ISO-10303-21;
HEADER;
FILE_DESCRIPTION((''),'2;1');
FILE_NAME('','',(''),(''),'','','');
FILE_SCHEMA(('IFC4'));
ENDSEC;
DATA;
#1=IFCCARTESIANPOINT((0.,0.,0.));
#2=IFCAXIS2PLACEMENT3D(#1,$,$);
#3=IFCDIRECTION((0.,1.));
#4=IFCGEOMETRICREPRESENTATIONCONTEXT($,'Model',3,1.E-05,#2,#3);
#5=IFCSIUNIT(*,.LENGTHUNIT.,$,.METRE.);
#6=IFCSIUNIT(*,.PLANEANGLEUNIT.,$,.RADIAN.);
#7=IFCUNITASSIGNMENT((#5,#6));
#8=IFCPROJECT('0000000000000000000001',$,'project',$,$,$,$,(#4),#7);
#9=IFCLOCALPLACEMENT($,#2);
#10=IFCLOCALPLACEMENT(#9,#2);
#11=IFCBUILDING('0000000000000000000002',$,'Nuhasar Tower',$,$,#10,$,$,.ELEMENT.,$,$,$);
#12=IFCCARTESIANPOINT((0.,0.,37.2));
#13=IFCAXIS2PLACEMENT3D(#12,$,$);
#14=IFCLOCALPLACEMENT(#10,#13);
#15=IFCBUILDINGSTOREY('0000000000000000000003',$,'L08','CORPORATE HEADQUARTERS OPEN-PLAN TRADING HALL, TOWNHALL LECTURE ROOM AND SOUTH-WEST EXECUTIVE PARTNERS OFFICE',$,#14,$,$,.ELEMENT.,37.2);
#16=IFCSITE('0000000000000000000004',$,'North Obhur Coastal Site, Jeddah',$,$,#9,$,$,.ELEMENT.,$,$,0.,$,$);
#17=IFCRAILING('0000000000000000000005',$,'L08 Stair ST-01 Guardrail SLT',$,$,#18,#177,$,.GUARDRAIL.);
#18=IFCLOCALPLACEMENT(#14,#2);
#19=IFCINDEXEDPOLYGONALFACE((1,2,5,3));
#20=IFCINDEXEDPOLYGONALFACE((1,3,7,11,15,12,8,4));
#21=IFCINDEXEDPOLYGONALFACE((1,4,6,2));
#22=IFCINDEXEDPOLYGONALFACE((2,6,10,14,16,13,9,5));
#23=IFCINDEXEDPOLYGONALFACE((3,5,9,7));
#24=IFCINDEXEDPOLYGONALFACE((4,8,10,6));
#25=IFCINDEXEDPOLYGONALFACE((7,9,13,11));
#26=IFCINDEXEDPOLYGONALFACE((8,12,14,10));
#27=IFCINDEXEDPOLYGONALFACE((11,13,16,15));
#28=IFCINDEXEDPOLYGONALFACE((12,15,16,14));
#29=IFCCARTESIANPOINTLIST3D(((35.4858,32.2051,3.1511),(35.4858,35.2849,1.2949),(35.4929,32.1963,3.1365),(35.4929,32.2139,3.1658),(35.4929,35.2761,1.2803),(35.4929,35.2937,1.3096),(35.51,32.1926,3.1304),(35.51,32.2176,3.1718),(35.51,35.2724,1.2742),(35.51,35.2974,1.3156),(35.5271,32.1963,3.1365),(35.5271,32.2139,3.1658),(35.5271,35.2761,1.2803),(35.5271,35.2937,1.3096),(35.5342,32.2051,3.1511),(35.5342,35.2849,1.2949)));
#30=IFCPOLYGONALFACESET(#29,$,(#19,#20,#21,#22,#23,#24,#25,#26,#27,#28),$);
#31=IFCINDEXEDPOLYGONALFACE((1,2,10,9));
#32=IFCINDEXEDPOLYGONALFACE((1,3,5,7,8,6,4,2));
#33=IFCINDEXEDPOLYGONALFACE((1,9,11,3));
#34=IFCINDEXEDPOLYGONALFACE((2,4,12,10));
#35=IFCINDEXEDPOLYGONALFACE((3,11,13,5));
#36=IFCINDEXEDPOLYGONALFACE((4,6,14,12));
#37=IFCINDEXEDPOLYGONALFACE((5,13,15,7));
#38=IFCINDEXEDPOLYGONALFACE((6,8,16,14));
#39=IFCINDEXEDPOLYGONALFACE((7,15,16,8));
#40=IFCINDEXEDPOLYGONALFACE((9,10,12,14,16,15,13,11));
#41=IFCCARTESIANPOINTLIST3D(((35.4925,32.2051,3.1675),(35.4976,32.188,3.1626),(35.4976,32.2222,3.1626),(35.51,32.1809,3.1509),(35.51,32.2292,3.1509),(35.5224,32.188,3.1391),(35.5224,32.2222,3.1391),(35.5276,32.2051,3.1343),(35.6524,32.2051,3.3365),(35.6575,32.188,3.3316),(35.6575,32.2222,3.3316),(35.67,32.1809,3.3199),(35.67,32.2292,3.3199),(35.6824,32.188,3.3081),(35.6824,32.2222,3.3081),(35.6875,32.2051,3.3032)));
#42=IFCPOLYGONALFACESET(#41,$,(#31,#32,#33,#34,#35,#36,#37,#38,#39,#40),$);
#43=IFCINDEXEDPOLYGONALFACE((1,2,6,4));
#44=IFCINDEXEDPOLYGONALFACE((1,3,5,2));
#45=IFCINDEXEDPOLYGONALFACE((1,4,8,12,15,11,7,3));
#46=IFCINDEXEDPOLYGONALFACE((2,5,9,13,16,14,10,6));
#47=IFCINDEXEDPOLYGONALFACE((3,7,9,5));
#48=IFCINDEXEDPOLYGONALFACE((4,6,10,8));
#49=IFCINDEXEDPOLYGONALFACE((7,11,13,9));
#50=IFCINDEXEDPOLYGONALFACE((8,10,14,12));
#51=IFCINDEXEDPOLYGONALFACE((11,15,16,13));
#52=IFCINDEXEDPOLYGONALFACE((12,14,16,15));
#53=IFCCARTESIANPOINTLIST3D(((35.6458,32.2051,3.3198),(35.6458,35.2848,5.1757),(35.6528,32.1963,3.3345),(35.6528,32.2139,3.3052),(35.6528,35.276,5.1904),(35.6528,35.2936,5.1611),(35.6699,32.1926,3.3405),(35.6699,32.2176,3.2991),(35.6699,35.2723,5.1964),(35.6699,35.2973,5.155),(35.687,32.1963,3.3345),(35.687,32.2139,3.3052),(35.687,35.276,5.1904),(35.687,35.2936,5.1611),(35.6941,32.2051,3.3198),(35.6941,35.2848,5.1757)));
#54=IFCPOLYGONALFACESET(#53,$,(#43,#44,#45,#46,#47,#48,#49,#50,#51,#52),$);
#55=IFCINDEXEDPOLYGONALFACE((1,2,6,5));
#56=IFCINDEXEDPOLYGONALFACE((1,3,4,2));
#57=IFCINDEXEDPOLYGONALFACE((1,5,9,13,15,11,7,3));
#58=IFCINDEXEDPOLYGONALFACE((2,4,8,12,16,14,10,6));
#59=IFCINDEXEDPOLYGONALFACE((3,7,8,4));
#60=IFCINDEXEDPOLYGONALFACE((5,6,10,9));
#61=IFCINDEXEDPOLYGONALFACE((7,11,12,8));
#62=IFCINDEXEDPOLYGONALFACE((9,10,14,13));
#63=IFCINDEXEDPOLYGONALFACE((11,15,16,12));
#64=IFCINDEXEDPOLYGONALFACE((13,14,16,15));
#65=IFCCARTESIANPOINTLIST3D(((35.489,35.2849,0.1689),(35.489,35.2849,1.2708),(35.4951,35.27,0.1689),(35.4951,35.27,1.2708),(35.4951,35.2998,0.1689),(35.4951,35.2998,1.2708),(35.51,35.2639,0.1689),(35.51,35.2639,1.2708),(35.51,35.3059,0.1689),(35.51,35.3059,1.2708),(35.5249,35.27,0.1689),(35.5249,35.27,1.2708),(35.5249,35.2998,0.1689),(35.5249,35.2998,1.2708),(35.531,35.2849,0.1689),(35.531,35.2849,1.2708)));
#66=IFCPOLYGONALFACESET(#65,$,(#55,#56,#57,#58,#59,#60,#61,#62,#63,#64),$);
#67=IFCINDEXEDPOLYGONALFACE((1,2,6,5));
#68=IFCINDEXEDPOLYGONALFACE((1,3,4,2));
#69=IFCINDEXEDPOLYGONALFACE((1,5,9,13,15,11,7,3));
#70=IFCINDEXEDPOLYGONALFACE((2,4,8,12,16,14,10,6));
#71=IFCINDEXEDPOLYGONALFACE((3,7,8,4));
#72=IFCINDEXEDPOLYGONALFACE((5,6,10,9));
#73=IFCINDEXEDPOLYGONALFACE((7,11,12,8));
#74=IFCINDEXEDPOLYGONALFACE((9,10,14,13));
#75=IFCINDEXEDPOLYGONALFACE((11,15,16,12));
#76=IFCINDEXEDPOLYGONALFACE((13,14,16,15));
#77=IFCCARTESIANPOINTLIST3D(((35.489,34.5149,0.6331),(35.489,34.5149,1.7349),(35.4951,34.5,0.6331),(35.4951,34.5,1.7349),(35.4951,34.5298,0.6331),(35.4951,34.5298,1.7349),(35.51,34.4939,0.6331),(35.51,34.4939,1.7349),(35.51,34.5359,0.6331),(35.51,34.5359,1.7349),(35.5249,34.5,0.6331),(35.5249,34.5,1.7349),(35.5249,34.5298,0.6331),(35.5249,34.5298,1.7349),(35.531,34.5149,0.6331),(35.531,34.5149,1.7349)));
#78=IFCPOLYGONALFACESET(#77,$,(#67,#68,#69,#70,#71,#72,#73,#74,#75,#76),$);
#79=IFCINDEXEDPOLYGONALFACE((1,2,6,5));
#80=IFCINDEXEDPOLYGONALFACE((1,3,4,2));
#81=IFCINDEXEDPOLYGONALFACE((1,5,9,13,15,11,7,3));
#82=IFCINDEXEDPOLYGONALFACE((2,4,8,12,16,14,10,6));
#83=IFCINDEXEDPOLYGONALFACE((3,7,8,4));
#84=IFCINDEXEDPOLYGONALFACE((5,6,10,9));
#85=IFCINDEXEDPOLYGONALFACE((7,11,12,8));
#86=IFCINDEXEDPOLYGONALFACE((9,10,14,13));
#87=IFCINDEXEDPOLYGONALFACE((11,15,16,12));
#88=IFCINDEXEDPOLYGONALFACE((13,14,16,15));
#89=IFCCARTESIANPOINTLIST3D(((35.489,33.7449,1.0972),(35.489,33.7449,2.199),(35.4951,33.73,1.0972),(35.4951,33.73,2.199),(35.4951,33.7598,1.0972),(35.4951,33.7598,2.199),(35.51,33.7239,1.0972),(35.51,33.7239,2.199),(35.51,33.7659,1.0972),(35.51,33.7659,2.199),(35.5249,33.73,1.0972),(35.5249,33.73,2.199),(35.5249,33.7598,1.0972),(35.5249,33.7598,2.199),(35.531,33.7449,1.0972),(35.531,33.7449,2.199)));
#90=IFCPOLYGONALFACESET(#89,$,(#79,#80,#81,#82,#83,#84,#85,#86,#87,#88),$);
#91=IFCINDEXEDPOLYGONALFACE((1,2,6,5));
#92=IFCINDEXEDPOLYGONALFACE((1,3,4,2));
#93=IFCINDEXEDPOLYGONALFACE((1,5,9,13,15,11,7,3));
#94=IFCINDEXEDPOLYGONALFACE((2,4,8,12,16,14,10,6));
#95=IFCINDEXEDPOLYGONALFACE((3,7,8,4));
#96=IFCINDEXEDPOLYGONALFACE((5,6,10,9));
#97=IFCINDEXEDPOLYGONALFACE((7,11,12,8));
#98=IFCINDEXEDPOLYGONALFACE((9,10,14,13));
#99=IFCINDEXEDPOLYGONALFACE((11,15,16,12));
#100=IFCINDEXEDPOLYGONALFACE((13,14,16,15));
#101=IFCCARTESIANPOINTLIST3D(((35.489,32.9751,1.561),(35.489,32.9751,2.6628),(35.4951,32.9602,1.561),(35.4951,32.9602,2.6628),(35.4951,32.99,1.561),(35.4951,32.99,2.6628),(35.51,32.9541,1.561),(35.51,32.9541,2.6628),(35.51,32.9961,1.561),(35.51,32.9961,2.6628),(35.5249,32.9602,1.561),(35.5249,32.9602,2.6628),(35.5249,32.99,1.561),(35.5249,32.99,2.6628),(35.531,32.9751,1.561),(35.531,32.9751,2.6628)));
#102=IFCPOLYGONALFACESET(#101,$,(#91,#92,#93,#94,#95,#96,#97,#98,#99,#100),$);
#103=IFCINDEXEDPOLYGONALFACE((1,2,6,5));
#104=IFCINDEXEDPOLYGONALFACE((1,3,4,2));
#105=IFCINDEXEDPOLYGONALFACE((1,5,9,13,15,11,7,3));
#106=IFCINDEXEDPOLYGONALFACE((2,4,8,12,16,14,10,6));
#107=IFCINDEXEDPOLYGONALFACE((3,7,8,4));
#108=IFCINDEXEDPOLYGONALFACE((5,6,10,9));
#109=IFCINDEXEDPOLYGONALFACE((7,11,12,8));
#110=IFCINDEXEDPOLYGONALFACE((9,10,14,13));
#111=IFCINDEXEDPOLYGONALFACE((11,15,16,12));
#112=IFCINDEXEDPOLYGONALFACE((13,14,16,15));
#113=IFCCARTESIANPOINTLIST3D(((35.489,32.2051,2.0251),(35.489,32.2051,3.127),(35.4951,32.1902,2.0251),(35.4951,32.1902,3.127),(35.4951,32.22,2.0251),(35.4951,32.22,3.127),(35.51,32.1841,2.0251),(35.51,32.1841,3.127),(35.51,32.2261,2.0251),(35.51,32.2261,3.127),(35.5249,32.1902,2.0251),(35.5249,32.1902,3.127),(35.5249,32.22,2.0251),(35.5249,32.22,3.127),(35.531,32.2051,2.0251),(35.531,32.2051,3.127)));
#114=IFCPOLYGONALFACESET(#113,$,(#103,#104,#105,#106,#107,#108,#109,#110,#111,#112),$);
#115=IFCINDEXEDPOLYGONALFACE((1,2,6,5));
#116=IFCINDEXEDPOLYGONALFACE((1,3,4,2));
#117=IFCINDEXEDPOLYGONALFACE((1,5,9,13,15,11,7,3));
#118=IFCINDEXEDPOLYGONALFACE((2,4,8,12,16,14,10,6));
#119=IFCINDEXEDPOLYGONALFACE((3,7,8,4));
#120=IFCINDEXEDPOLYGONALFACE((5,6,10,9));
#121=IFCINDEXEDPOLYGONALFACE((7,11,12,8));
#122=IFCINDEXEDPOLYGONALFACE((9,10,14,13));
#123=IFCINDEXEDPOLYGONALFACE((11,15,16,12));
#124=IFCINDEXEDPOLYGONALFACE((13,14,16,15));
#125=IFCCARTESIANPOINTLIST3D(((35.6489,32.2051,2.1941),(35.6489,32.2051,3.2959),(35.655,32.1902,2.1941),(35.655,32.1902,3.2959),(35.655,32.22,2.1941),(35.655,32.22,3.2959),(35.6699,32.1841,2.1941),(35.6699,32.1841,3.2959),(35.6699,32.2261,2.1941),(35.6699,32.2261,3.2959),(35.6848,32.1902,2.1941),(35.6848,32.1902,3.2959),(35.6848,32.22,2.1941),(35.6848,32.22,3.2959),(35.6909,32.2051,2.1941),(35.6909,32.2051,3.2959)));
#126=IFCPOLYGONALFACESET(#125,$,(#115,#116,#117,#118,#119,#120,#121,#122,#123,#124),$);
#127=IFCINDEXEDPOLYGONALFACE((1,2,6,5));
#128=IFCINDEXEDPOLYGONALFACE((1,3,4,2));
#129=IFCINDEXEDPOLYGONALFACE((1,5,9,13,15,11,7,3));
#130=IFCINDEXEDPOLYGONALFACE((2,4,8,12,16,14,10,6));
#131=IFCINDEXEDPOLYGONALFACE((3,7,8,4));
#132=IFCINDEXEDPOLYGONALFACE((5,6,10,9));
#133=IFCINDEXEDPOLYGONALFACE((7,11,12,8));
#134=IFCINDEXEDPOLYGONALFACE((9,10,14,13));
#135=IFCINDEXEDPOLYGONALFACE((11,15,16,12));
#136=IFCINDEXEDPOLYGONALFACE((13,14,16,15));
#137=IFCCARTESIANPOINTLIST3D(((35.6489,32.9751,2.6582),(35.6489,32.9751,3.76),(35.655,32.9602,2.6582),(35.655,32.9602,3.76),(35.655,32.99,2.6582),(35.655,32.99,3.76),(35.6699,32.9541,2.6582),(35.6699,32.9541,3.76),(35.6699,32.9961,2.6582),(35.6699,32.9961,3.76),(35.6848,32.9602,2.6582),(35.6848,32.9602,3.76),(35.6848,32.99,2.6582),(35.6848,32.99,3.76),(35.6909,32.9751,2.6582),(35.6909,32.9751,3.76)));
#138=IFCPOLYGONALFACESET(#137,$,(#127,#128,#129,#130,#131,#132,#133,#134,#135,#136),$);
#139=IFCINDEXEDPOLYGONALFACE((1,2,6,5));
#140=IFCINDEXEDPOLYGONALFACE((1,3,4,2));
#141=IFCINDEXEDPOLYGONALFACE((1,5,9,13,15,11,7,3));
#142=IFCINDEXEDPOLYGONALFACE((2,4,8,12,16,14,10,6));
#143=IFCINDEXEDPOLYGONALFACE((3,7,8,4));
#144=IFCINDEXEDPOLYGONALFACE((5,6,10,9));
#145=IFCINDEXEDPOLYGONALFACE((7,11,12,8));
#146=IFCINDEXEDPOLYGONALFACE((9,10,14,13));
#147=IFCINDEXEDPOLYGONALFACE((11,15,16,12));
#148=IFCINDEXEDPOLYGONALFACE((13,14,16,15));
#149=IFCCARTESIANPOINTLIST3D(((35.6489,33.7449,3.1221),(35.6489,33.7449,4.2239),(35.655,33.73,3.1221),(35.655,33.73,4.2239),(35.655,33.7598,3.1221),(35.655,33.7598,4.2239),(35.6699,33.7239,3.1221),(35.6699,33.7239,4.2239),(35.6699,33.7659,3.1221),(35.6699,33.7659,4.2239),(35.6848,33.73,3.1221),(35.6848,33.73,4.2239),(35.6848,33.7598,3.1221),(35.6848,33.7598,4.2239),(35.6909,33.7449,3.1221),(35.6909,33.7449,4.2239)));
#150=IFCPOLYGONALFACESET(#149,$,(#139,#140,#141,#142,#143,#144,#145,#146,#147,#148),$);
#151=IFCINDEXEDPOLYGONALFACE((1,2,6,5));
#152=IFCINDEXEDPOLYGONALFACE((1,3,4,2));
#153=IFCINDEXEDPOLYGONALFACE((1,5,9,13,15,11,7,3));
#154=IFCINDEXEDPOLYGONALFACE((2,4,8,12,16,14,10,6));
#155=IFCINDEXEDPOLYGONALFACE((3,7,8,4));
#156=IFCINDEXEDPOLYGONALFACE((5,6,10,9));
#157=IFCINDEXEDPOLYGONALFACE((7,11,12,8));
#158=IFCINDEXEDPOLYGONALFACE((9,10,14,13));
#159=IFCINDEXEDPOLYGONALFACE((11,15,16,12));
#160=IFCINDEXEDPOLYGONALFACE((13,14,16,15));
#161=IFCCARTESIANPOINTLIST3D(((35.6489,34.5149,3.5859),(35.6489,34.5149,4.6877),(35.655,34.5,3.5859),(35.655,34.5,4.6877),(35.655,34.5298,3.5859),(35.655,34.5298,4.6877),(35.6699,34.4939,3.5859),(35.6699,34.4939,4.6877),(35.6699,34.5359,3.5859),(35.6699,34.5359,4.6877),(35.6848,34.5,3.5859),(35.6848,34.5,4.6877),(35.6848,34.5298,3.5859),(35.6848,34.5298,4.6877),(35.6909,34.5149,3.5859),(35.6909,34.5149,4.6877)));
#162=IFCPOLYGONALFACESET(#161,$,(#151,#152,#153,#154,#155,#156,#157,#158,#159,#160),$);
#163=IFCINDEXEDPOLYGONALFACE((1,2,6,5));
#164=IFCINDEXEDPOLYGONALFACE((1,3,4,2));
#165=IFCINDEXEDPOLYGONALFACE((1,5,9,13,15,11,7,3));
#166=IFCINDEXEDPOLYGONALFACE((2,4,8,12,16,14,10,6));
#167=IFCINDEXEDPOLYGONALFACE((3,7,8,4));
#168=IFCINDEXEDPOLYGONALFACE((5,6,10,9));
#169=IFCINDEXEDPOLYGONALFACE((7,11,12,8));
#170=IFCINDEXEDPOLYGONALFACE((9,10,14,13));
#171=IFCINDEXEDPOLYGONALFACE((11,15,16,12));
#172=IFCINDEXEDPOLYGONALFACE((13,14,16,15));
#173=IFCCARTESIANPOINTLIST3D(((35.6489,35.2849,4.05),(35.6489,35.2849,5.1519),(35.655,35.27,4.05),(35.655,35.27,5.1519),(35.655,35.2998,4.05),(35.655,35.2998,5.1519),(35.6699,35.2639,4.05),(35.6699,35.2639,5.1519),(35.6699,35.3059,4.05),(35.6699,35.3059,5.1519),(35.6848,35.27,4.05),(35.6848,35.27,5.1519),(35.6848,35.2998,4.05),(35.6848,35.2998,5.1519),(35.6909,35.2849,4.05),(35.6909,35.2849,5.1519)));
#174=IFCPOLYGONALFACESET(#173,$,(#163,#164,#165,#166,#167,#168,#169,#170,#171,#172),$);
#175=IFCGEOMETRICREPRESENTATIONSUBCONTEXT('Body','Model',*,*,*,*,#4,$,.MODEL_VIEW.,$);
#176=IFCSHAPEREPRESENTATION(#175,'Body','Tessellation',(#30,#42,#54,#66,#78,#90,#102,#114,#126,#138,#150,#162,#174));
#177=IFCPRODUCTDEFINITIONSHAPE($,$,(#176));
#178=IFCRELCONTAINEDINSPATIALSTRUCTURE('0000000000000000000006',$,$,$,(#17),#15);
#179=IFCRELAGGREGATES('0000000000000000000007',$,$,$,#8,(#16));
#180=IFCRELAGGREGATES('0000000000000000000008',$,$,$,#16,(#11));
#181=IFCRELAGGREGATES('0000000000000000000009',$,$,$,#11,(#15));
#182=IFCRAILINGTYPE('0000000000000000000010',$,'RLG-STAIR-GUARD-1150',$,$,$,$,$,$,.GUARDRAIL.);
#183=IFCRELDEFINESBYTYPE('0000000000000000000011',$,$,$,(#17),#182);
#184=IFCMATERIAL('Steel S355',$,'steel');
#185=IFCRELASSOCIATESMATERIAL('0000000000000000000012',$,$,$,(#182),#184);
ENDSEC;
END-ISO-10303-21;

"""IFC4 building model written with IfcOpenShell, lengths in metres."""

from ifc_helpers import new_model, si_unit, direction, frame, origin, place, context, subcontext, project, spatial, polyline, outline, extrude, material, type_object, element, save


model = new_model("IFC4")

# Units and contexts
model_context = context("Model", 3, precision=1e-05, world=origin(), true_north=direction((0.0, 1.0)))
body_context = subcontext(model_context, "Body", "Model", "MODEL_VIEW")
ifc_project = project(units=[si_unit("LENGTHUNIT", "METRE"), si_unit("PLANEANGLEUNIT", "RADIAN")], contexts=[model_context])

# Site, building, storey
site_placement = place(None, origin())
site = spatial("IfcSite", under=ifc_project, at=site_placement, Name="North Obhur Coastal Site, Jeddah", CompositionType="ELEMENT", RefElevation=0.0)
building_placement = place(site_placement, origin())
building = spatial("IfcBuilding", under=site, at=building_placement, Name="Nuhasar Tower", CompositionType="ELEMENT")
storey_placement = place(building_placement, frame((0.0, 0.0, 37.2)))
storey = spatial("IfcBuildingStorey", under=building, at=storey_placement, Name="L08", Description="CORPORATE HEADQUARTERS OPEN-PLAN TRADING HALL, TOWNHALL LECTURE ROOM AND SOUTH-WEST EXECUTIVE PARTNERS OFFICE", CompositionType="ELEMENT", Elevation=37.2)

# Shared definitions
ifc_material_1 = material(Name="Steel S355", Category="steel")

# Railing
railing_type_1 = type_object("IfcRailingType", Name="RLG-STAIR-GUARD-1150", PredefinedType="GUARDRAIL", material=ifc_material_1)
railing_1_placement = place(storey_placement, frame((35.51, 35.2849, 0.1689)))
element("IfcRailing", 1, at=railing_1_placement, inside=storey, type_object=railing_type_1, Name="L08 Stair ST-01 Guardrail SLT", PredefinedType="GUARDRAIL", context=body_context, shape_type="SweptSolid", body=[
    extrude(outline(polyline([(0.0242, 0.0), (0.0171, 0.0171), (0.0, 0.0242), (-0.0171, 0.0171), (-0.0242, 0.0), (-0.0171, -0.0171), (0.0, -0.0242), (0.0171, -0.0171), (0.0242, 0.0)])), frame((0.0, 0.0, 1.126), z_axis=(0.0, -0.856473, 0.516192), x_axis=(1.0, 0.0, 0.0)), (0.0, 0.0, 1.0), 3.5959),
    extrude(outline(polyline([(0.0242, 0.0), (0.0171, 0.0171), (0.0, 0.0242), (-0.0171, 0.0171), (-0.0242, 0.0), (-0.0171, -0.0171), (0.0, -0.0242), (0.0171, -0.0171), (0.0242, 0.0)])), frame((0.0, -3.0798, 2.9819), z_axis=(0.687424, 0.0, 0.726256), x_axis=(0.0, 1.0, 0.0)), (0.0, 0.0, 1.0), 0.2327),
    extrude(outline(polyline([(0.0242, 0.0), (0.0171, 0.0171), (0.0, 0.0242), (-0.0171, 0.0171), (-0.0242, 0.0), (-0.0171, -0.0171), (0.0, -0.0242), (0.0171, -0.0171), (0.0242, 0.0)])), frame((0.1599, -3.0798, 3.1509), z_axis=(0.0, 0.856503, 0.516142), x_axis=(-1.0, 0.0, 0.0)), (0.0, 0.0, 1.0), 3.5957),
    extrude(outline(polyline([(0.021, 0.0), (0.0149, 0.0149), (0.0, 0.021), (-0.0149, 0.0149), (-0.021, 0.0), (-0.0149, -0.0149), (0.0, -0.021), (0.0149, -0.0149), (0.021, 0.0)])), origin(), (0.0, 0.0, 1.0), 1.1018),
    extrude(outline(polyline([(0.021, 0.0), (0.0149, 0.0149), (0.0, 0.021), (-0.0149, 0.0149), (-0.021, 0.0), (-0.0149, -0.0149), (0.0, -0.021), (0.0149, -0.0149), (0.021, 0.0)])), frame((0.0, -0.77, 0.4641)), (0.0, 0.0, 1.0), 1.1018),
    extrude(outline(polyline([(0.021, 0.0), (0.0149, 0.0149), (0.0, 0.021), (-0.0149, 0.0149), (-0.021, 0.0), (-0.0149, -0.0149), (0.0, -0.021), (0.0149, -0.0149), (0.021, 0.0)])), frame((0.0, -1.54, 0.9282)), (0.0, 0.0, 1.0), 1.1018),
    extrude(outline(polyline([(0.021, 0.0), (0.0149, 0.0149), (0.0, 0.021), (-0.0149, 0.0149), (-0.021, 0.0), (-0.0149, -0.0149), (0.0, -0.021), (0.0149, -0.0149), (0.021, 0.0)])), frame((0.0, -2.3098, 1.3921)), (0.0, 0.0, 1.0), 1.1018),
    extrude(outline(polyline([(0.021, 0.0), (0.0149, 0.0149), (0.0, 0.021), (-0.0149, 0.0149), (-0.021, 0.0), (-0.0149, -0.0149), (0.0, -0.021), (0.0149, -0.0149), (0.021, 0.0)])), frame((0.0, -3.0798, 1.8562)), (0.0, 0.0, 1.0), 1.1018),
    extrude(outline(polyline([(0.021, 0.0), (0.0149, 0.0149), (0.0, 0.021), (-0.0149, 0.0149), (-0.021, 0.0), (-0.0149, -0.0149), (0.0, -0.021), (0.0149, -0.0149), (0.021, 0.0)])), frame((0.1599, -3.0798, 2.0251)), (0.0, 0.0, 1.0), 1.1018),
    extrude(outline(polyline([(0.021, 0.0), (0.0149, 0.0149), (0.0, 0.021), (-0.0149, 0.0149), (-0.021, 0.0), (-0.0149, -0.0149), (0.0, -0.021), (0.0149, -0.0149), (0.021, 0.0)])), frame((0.1599, -2.3098, 2.4893)), (0.0, 0.0, 1.0), 1.1018),
    extrude(outline(polyline([(0.021, 0.0), (0.0149, 0.0149), (0.0, 0.021), (-0.0149, 0.0149), (-0.021, 0.0), (-0.0149, -0.0149), (0.0, -0.021), (0.0149, -0.0149), (0.021, 0.0)])), frame((0.1599, -1.54, 2.9531)), (0.0, 0.0, 1.0), 1.1018),
    extrude(outline(polyline([(0.021, 0.0), (0.0149, 0.0149), (0.0, 0.021), (-0.0149, 0.0149), (-0.021, 0.0), (-0.0149, -0.0149), (0.0, -0.021), (0.0149, -0.0149), (0.021, 0.0)])), frame((0.1599, -0.77, 3.417)), (0.0, 0.0, 1.0), 1.1018),
    extrude(outline(polyline([(0.021, 0.0), (0.0149, 0.0149), (0.0, 0.021), (-0.0149, 0.0149), (-0.021, 0.0), (-0.0149, -0.0149), (0.0, -0.021), (0.0149, -0.0149), (0.021, 0.0)])), frame((0.1599, 0.0, 3.8811)), (0.0, 0.0, 1.0), 1.1018),
])

save(model, "model.ifc")
